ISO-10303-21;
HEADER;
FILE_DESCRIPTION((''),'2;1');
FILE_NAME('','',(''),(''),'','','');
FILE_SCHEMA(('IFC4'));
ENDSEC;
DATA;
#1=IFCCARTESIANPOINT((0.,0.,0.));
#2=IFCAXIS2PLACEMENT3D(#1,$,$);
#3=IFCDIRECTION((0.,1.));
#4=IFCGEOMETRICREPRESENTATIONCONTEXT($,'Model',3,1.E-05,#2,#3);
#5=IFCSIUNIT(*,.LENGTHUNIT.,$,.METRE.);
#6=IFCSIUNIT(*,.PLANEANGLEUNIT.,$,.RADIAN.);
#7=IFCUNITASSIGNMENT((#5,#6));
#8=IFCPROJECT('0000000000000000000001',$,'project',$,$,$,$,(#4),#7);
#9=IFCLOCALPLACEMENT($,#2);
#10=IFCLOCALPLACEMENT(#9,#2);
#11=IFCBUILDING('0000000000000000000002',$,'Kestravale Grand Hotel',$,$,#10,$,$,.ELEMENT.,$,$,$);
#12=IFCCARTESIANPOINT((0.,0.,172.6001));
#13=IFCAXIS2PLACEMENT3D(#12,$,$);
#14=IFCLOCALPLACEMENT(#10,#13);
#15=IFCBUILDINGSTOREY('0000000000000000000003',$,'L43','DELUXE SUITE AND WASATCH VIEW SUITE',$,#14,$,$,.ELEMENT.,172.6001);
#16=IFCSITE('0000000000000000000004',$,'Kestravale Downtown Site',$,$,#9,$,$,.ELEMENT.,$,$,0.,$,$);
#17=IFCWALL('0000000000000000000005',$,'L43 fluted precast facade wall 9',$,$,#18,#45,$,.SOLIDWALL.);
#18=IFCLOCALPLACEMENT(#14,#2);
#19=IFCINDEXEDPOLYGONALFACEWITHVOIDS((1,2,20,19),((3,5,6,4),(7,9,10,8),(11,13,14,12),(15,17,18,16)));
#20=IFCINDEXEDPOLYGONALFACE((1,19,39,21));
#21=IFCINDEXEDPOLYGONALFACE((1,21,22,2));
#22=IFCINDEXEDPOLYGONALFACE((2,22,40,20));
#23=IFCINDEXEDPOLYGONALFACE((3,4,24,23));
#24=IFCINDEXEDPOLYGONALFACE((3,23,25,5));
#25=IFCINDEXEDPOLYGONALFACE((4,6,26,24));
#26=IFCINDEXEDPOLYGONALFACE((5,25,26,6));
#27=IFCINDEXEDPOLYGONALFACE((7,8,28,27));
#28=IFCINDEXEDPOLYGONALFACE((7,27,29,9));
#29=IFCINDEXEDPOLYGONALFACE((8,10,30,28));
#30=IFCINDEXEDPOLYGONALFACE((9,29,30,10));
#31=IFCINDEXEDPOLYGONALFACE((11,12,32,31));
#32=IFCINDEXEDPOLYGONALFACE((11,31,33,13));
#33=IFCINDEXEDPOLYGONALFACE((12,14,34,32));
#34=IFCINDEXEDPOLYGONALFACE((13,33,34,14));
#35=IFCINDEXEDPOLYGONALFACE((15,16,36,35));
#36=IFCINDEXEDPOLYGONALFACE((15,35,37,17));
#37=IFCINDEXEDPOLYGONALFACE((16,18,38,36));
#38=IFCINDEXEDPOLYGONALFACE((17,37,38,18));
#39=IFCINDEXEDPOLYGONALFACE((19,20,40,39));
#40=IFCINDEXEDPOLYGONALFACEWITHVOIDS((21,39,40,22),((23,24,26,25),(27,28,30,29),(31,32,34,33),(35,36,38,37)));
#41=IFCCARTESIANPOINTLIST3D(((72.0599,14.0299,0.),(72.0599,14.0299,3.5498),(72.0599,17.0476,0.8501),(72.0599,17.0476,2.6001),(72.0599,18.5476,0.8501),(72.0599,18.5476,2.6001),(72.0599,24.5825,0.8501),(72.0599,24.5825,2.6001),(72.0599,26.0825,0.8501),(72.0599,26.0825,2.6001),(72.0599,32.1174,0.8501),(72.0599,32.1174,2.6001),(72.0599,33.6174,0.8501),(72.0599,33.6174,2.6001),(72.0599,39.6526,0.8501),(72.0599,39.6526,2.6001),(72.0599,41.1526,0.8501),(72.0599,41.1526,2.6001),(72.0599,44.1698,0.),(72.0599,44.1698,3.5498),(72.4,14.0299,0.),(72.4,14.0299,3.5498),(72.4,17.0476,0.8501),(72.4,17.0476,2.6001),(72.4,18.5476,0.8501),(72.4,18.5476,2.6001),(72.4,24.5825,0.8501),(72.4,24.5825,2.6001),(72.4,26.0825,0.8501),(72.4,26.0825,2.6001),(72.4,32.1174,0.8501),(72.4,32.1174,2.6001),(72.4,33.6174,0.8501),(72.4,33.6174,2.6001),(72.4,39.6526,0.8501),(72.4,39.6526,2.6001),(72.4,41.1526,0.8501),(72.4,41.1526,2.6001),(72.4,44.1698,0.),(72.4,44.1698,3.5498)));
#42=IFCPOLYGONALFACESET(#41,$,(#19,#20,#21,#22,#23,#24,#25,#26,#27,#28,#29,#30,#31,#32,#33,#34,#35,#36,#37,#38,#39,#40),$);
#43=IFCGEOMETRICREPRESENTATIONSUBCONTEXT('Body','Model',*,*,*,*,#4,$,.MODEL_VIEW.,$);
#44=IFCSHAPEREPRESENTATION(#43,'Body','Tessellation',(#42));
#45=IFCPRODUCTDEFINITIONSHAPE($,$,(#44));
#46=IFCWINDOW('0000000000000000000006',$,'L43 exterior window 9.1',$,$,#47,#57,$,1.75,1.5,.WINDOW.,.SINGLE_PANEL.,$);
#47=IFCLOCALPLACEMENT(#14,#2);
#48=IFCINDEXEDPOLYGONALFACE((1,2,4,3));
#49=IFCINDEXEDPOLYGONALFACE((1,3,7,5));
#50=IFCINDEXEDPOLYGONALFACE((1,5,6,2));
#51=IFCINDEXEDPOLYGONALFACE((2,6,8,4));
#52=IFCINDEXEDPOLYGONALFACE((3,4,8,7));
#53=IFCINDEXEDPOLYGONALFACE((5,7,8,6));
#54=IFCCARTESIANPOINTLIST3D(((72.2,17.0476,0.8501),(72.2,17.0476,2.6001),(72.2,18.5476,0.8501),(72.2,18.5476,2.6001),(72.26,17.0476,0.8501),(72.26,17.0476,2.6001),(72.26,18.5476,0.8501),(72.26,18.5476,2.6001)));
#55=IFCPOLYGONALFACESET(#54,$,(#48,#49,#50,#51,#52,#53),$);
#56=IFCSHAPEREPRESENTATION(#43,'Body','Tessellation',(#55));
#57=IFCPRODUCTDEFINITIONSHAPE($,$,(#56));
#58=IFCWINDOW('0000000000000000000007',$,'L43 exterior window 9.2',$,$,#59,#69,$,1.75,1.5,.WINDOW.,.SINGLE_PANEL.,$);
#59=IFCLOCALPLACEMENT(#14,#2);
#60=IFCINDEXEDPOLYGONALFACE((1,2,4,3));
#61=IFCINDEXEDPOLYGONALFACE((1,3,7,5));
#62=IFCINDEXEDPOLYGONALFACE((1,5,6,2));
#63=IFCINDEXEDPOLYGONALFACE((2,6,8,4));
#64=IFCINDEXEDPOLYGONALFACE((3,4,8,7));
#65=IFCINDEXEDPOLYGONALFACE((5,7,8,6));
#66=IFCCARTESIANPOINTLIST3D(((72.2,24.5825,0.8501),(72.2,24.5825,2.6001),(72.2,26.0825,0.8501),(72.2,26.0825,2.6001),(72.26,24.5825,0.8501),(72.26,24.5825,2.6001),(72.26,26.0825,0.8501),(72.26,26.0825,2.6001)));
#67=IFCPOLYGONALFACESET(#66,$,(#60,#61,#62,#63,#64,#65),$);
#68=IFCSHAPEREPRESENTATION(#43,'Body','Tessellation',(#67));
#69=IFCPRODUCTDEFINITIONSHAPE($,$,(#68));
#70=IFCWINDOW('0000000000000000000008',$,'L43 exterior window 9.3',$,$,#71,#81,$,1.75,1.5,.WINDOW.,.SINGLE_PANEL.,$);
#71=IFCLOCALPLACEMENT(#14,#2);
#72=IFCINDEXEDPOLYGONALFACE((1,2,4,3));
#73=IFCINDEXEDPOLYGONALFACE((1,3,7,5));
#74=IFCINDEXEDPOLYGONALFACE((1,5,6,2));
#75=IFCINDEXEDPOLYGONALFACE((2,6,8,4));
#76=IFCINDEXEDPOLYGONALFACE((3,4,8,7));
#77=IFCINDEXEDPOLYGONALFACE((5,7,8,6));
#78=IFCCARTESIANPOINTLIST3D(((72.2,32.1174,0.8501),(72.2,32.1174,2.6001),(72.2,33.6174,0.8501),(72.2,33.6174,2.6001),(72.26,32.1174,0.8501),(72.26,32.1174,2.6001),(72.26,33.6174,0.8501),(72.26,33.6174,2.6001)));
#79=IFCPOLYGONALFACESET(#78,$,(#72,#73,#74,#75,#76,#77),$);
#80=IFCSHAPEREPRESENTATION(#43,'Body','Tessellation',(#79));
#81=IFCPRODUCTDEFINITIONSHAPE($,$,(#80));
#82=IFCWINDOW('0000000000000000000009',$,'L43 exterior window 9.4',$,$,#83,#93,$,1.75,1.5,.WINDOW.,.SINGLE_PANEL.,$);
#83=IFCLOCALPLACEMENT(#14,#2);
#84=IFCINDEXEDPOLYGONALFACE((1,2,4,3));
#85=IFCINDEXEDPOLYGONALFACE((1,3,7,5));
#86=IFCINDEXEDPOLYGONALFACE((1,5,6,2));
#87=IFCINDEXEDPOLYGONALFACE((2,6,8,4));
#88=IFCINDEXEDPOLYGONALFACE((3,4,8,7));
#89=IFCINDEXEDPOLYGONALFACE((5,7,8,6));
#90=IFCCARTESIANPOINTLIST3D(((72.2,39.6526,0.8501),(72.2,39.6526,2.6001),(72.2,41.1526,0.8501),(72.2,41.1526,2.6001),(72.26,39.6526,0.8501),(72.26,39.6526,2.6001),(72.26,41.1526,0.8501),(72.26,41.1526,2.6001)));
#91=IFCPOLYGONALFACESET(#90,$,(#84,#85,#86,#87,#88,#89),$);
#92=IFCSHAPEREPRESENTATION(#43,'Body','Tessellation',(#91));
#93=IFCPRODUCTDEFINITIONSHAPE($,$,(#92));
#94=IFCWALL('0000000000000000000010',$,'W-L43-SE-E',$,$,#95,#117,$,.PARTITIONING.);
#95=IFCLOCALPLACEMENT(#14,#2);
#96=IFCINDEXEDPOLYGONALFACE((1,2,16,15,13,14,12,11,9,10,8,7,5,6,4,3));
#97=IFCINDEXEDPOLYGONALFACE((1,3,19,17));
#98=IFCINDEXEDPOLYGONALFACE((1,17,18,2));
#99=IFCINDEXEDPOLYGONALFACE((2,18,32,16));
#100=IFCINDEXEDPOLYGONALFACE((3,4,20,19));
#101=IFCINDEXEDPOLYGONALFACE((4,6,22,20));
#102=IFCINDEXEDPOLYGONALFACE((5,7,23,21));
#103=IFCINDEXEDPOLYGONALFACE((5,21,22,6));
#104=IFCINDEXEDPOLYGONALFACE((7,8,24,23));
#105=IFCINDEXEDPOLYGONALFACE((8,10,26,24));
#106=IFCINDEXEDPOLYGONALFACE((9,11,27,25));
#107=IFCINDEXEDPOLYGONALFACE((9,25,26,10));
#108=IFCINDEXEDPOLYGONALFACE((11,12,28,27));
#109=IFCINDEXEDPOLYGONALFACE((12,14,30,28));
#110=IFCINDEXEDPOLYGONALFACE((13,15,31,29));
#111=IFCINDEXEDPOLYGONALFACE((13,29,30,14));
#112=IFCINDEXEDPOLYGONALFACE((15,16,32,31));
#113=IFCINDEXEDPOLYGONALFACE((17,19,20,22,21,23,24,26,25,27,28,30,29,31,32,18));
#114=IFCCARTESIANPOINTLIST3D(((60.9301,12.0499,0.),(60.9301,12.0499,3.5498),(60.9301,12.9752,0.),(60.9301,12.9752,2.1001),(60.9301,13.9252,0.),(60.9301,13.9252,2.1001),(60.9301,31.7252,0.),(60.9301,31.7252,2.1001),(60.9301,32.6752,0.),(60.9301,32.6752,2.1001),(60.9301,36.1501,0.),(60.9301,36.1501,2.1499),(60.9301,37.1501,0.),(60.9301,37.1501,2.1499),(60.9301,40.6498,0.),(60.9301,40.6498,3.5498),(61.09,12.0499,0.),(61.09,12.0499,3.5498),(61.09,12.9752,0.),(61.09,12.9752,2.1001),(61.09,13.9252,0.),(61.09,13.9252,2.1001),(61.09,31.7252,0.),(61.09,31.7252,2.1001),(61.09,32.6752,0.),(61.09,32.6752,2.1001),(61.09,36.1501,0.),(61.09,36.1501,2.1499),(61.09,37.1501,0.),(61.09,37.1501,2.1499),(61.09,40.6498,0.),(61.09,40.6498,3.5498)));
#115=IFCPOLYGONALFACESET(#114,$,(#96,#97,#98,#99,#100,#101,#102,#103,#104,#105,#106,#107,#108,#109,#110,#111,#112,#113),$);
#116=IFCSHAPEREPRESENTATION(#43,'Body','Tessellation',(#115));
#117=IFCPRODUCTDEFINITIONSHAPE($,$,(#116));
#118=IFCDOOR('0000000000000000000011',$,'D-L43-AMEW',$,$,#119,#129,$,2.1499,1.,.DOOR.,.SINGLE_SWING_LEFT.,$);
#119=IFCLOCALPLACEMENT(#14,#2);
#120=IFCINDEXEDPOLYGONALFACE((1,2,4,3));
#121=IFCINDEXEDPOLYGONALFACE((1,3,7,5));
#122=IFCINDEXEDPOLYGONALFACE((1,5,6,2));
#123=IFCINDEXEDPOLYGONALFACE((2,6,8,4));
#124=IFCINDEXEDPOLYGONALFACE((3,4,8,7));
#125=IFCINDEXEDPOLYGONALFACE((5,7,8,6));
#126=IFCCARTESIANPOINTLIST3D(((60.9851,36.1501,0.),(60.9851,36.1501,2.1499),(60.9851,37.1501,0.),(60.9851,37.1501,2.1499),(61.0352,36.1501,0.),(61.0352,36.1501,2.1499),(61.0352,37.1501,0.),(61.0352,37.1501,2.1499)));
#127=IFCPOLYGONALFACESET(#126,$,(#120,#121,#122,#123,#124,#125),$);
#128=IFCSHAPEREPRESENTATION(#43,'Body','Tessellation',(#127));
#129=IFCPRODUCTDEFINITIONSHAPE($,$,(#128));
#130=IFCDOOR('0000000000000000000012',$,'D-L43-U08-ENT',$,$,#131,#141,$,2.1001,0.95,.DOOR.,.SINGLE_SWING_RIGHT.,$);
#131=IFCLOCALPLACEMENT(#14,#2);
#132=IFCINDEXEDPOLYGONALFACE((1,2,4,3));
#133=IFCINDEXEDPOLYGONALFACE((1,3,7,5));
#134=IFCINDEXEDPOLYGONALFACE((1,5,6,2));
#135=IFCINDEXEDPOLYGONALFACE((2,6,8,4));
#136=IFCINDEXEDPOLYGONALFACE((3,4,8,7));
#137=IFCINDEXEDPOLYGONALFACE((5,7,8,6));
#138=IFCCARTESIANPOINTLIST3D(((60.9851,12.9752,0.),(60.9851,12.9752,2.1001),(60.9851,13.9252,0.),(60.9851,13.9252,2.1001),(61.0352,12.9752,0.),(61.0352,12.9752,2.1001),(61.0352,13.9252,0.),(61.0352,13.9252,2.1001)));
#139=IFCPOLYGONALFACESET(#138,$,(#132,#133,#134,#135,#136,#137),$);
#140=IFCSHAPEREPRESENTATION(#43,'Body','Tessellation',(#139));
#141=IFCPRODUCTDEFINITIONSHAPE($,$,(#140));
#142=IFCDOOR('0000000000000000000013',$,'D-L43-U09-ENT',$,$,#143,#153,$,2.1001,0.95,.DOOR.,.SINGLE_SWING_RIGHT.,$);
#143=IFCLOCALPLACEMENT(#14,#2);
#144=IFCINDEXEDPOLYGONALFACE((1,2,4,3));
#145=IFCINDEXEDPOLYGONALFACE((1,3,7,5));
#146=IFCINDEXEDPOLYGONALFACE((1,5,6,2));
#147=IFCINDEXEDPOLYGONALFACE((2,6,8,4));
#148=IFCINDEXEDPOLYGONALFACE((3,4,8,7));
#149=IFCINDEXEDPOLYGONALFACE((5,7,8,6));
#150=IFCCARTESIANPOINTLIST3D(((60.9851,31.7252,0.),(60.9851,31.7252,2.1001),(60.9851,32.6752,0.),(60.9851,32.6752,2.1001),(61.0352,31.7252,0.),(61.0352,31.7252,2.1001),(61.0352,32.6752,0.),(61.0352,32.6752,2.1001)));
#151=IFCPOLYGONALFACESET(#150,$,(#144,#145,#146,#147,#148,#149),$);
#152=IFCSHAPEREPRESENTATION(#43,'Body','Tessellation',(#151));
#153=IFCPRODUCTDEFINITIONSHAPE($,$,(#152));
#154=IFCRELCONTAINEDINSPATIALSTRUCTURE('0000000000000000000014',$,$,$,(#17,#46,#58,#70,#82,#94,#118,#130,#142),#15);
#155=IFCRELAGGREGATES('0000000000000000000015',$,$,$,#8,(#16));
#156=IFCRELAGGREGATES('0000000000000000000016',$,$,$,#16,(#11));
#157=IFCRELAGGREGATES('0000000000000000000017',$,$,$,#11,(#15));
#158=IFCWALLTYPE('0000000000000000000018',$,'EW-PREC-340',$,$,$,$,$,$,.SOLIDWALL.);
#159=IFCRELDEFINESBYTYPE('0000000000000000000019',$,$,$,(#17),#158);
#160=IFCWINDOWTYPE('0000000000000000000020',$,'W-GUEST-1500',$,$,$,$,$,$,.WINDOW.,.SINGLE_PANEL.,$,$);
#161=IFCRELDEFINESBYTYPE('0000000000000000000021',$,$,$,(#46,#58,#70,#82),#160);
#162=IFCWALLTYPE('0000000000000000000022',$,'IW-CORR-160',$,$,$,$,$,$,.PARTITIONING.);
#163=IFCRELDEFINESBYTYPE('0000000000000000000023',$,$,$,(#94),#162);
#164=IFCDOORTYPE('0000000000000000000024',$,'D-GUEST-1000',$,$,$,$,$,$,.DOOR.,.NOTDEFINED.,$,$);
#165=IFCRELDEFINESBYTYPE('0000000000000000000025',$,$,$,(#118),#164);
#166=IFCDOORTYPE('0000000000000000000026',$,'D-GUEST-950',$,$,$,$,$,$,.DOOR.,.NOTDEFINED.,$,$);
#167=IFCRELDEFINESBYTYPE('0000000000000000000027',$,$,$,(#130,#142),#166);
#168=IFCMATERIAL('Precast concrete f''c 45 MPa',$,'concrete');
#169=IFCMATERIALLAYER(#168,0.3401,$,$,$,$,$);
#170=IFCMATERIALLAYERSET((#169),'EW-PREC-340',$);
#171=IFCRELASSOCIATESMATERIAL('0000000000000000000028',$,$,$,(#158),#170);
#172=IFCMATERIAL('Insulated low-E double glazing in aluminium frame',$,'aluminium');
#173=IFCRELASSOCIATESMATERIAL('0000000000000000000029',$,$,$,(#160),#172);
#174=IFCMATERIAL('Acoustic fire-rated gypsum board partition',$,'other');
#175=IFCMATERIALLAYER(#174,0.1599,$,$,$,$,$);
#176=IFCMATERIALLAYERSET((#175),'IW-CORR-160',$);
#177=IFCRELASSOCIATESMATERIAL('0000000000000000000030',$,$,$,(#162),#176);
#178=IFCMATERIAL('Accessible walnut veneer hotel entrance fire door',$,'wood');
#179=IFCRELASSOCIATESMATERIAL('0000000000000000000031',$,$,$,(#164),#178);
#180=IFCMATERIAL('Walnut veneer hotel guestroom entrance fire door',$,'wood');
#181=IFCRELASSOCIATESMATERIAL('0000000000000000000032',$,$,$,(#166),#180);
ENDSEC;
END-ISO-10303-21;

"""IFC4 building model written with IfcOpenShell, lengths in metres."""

from ifc_helpers import new_model, si_unit, direction, frame, frame_2d, origin, place, context, subcontext, project, spatial, rectangle, extrude, material, layer, layer_set, type_object, element, fill, save


model = new_model("IFC4")

# Units and contexts
model_context = context("Model", 3, precision=1e-05, world=origin(), true_north=direction((0.0, 1.0)))
body_context = subcontext(model_context, "Body", "Model", "MODEL_VIEW")
ifc_project = project(units=[si_unit("LENGTHUNIT", "METRE"), si_unit("PLANEANGLEUNIT", "RADIAN")], contexts=[model_context])

# Site, building, storey
site_placement = place(None, origin())
site = spatial("IfcSite", under=ifc_project, at=site_placement, Name="Kestravale Downtown Site", CompositionType="ELEMENT", RefElevation=0.0)
building_placement = place(site_placement, origin())
building = spatial("IfcBuilding", under=site, at=building_placement, Name="Kestravale Grand Hotel", CompositionType="ELEMENT")
storey_placement = place(building_placement, frame((0.0, 0.0, 172.6001)))
storey = spatial("IfcBuildingStorey", under=building, at=storey_placement, Name="L43", Description="DELUXE SUITE AND WASATCH VIEW SUITE", CompositionType="ELEMENT", Elevation=172.6001)

# Shared definitions
ifc_material_1 = material(Name="Precast concrete f'c 45 MPa", Category="concrete")
ifc_layer_1 = layer(ifc_material_1, 0.3401)
ifc_layer_set_1 = layer_set([ifc_layer_1], Name="EW-PREC-340")
wall_type_1 = type_object("IfcWallType", Name="EW-PREC-340", PredefinedType="SOLIDWALL", material=ifc_layer_set_1)
ifc_material_2 = material(Name="Insulated low-E double glazing in aluminium frame", Category="aluminium")
window_type = type_object("IfcWindowType", Name="W-GUEST-1500", PartitioningType="SINGLE_PANEL", PredefinedType="WINDOW", material=ifc_material_2)

# Wall, openings, windows
wall_1_placement = place(storey_placement, frame((72.23, 14.03, 0.0), z_axis=(0.0, 0.0, 1.0), x_axis=(0.0, 1.0, 0.0)))
wall_1 = element("IfcWall", 1, at=wall_1_placement, inside=storey, type_object=wall_type_1, Name="L43 fluted precast facade wall 9", PredefinedType="SOLIDWALL", context=body_context, shape_type="SweptSolid", body=[
    extrude(rectangle(XDim=30.1399, YDim=0.3401, at=frame_2d((15.0698, 0.0))), origin(), (0.0, 0.0, 1.0), 3.5498),
])
opening_1_placement = place(wall_1_placement, frame((3.0176, 0.0, 0.8501)))
opening_1 = element("IfcOpeningElement", 2, at=opening_1_placement, cuts=wall_1, PredefinedType="OPENING", context=body_context, shape_type="SweptSolid", body=[
    extrude(rectangle(XDim=1.5, YDim=1.75, at=frame_2d((0.75, 0.875))), frame((0.0, 0.1799, 0.0), z_axis=(0.0, -1.0, 0.0), x_axis=(1.0, 0.0, 0.0)), (0.0, 0.0, 1.0), 0.3601),
])
opening_2_placement = place(wall_1_placement, frame((10.5525, 0.0, 0.8501)))
opening_2 = element("IfcOpeningElement", 3, at=opening_2_placement, cuts=wall_1, PredefinedType="OPENING", context=body_context, shape_type="SweptSolid", body=[
    extrude(rectangle(XDim=1.5, YDim=1.75, at=frame_2d((0.75, 0.875))), frame((0.0, 0.1799, 0.0), z_axis=(0.0, -1.0, 0.0), x_axis=(1.0, 0.0, 0.0)), (0.0, 0.0, 1.0), 0.3601),
])
opening_3_placement = place(wall_1_placement, frame((18.0874, 0.0, 0.8501)))
opening_3 = element("IfcOpeningElement", 4, at=opening_3_placement, cuts=wall_1, PredefinedType="OPENING", context=body_context, shape_type="SweptSolid", body=[
    extrude(rectangle(XDim=1.5, YDim=1.75, at=frame_2d((0.75, 0.875))), frame((0.0, 0.1799, 0.0), z_axis=(0.0, -1.0, 0.0), x_axis=(1.0, 0.0, 0.0)), (0.0, 0.0, 1.0), 0.3601),
])
opening_4_placement = place(wall_1_placement, frame((25.6226, 0.0, 0.8501)))
opening_4 = element("IfcOpeningElement", 5, at=opening_4_placement, cuts=wall_1, PredefinedType="OPENING", context=body_context, shape_type="SweptSolid", body=[
    extrude(rectangle(XDim=1.5, YDim=1.75, at=frame_2d((0.75, 0.875))), frame((0.0, 0.1799, 0.0), z_axis=(0.0, -1.0, 0.0), x_axis=(1.0, 0.0, 0.0)), (0.0, 0.0, 1.0), 0.3601),
])
window_1_placement = place(opening_1_placement, origin())
window_1 = element("IfcWindow", 6, at=window_1_placement, inside=storey, type_object=window_type, Name="L43 exterior window 9.1", OverallHeight=1.75, OverallWidth=1.5, PartitioningType="SINGLE_PANEL", PredefinedType="WINDOW", context=body_context, shape_type="SweptSolid", body=[
    extrude(rectangle(XDim=1.5, YDim=1.75, at=frame_2d((0.75, 0.875))), frame((0.0, 0.03, 0.0), z_axis=(0.0, -1.0, 0.0), x_axis=(1.0, 0.0, 0.0)), (0.0, 0.0, 1.0), 0.0601),
])
fill(opening_1, window_1)
window_2_placement = place(opening_2_placement, origin())
window_2 = element("IfcWindow", 7, at=window_2_placement, inside=storey, type_object=window_type, Name="L43 exterior window 9.2", OverallHeight=1.75, OverallWidth=1.5, PartitioningType="SINGLE_PANEL", PredefinedType="WINDOW", context=body_context, shape_type="SweptSolid", body=[
    extrude(rectangle(XDim=1.5, YDim=1.75, at=frame_2d((0.75, 0.875))), frame((0.0, 0.03, 0.0), z_axis=(0.0, -1.0, 0.0), x_axis=(1.0, 0.0, 0.0)), (0.0, 0.0, 1.0), 0.0601),
])
fill(opening_2, window_2)
window_3_placement = place(opening_3_placement, origin())
window_3 = element("IfcWindow", 8, at=window_3_placement, inside=storey, type_object=window_type, Name="L43 exterior window 9.3", OverallHeight=1.75, OverallWidth=1.5, PartitioningType="SINGLE_PANEL", PredefinedType="WINDOW", context=body_context, shape_type="SweptSolid", body=[
    extrude(rectangle(XDim=1.5, YDim=1.75, at=frame_2d((0.75, 0.875))), frame((0.0, 0.03, 0.0), z_axis=(0.0, -1.0, 0.0), x_axis=(1.0, 0.0, 0.0)), (0.0, 0.0, 1.0), 0.0601),
])
fill(opening_3, window_3)
window_4_placement = place(opening_4_placement, origin())
window_4 = element("IfcWindow", 9, at=window_4_placement, inside=storey, type_object=window_type, Name="L43 exterior window 9.4", OverallHeight=1.75, OverallWidth=1.5, PartitioningType="SINGLE_PANEL", PredefinedType="WINDOW", context=body_context, shape_type="SweptSolid", body=[
    extrude(rectangle(XDim=1.5, YDim=1.75, at=frame_2d((0.75, 0.875))), frame((0.0, 0.03, 0.0), z_axis=(0.0, -1.0, 0.0), x_axis=(1.0, 0.0, 0.0)), (0.0, 0.0, 1.0), 0.0601),
])
fill(opening_4, window_4)

# Wall, openings, doors
ifc_material_3 = material(Name="Acoustic fire-rated gypsum board partition", Category="other")
ifc_layer_2 = layer(ifc_material_3, 0.1599)
ifc_layer_set_2 = layer_set([ifc_layer_2], Name="IW-CORR-160")
wall_type_2 = type_object("IfcWallType", Name="IW-CORR-160", PredefinedType="PARTITIONING", material=ifc_layer_set_2)
wall_2_placement = place(storey_placement, frame((61.01, 12.05, 0.0), z_axis=(0.0, 0.0, 1.0), x_axis=(0.0, 1.0, 0.0)))
wall_2 = element("IfcWall", 10, at=wall_2_placement, inside=storey, type_object=wall_type_2, Name="W-L43-SE-E", PredefinedType="PARTITIONING", context=body_context, shape_type="SweptSolid", body=[
    extrude(rectangle(XDim=28.5999, YDim=0.1599, at=frame_2d((14.2998, 0.0))), origin(), (0.0, 0.0, 1.0), 3.5498),
])
opening_5_placement = place(wall_2_placement, frame((0.925, 0.0, 0.0)))
opening_5 = element("IfcOpeningElement", 11, at=opening_5_placement, cuts=wall_2, PredefinedType="OPENING", context=body_context, shape_type="SweptSolid", body=[
    extrude(rectangle(XDim=0.95, YDim=2.1001, at=frame_2d((0.4751, 1.05))), frame((0.0, 0.0898, 0.0), z_axis=(0.0, -1.0, 0.0), x_axis=(1.0, 0.0, 0.0)), (0.0, 0.0, 1.0), 0.1799),
])
opening_6_placement = place(wall_2_placement, frame((19.675, 0.0, 0.0)))
opening_6 = element("IfcOpeningElement", 12, at=opening_6_placement, cuts=wall_2, PredefinedType="OPENING", context=body_context, shape_type="SweptSolid", body=[
    extrude(rectangle(XDim=0.95, YDim=2.1001, at=frame_2d((0.4751, 1.05))), frame((0.0, 0.0898, 0.0), z_axis=(0.0, -1.0, 0.0), x_axis=(1.0, 0.0, 0.0)), (0.0, 0.0, 1.0), 0.1799),
])
opening_7_placement = place(wall_2_placement, frame((24.1001, 0.0, 0.0)))
opening_7 = element("IfcOpeningElement", 13, at=opening_7_placement, cuts=wall_2, PredefinedType="OPENING", context=body_context, shape_type="SweptSolid", body=[
    extrude(rectangle(XDim=1.0, YDim=2.1499, at=frame_2d((0.5, 1.075))), frame((0.0, 0.0898, 0.0), z_axis=(0.0, -1.0, 0.0), x_axis=(1.0, 0.0, 0.0)), (0.0, 0.0, 1.0), 0.1799),
])
ifc_material_4 = material(Name="Accessible walnut veneer hotel entrance fire door", Category="wood")
door_type_1 = type_object("IfcDoorType", Name="D-GUEST-1000", OperationType="NOTDEFINED", PredefinedType="DOOR", material=ifc_material_4)
door_1_placement = place(opening_7_placement, origin())
door_1 = element("IfcDoor", 14, at=door_1_placement, inside=storey, type_object=door_type_1, Name="D-L43-AMEW", OperationType="SINGLE_SWING_LEFT", OverallHeight=2.1499, OverallWidth=1.0, PredefinedType="DOOR", context=body_context, shape_type="SweptSolid", body=[
    extrude(rectangle(XDim=1.0, YDim=2.1499, at=frame_2d((0.5, 1.075))), frame((0.0, 0.0249, 0.0), z_axis=(0.0, -1.0, 0.0), x_axis=(1.0, 0.0, 0.0)), (0.0, 0.0, 1.0), 0.05),
])
fill(opening_7, door_1)
ifc_material_5 = material(Name="Walnut veneer hotel guestroom entrance fire door", Category="wood")
door_type_2 = type_object("IfcDoorType", Name="D-GUEST-950", OperationType="NOTDEFINED", PredefinedType="DOOR", material=ifc_material_5)
door_2_placement = place(opening_5_placement, origin())
door_2 = element("IfcDoor", 15, at=door_2_placement, inside=storey, type_object=door_type_2, Name="D-L43-U08-ENT", OperationType="SINGLE_SWING_RIGHT", OverallHeight=2.1001, OverallWidth=0.95, PredefinedType="DOOR", context=body_context, shape_type="SweptSolid", body=[
    extrude(rectangle(XDim=0.95, YDim=2.1001, at=frame_2d((0.4751, 1.05))), frame((0.0, 0.0249, 0.0), z_axis=(0.0, -1.0, 0.0), x_axis=(1.0, 0.0, 0.0)), (0.0, 0.0, 1.0), 0.05),
])
fill(opening_5, door_2)
door_3_placement = place(opening_6_placement, origin())
door_3 = element("IfcDoor", 16, at=door_3_placement, inside=storey, type_object=door_type_2, Name="D-L43-U09-ENT", OperationType="SINGLE_SWING_RIGHT", OverallHeight=2.1001, OverallWidth=0.95, PredefinedType="DOOR", context=body_context, shape_type="SweptSolid", body=[
    extrude(rectangle(XDim=0.95, YDim=2.1001, at=frame_2d((0.4751, 1.05))), frame((0.0, 0.0249, 0.0), z_axis=(0.0, -1.0, 0.0), x_axis=(1.0, 0.0, 0.0)), (0.0, 0.0, 1.0), 0.05),
])
fill(opening_6, door_3)

save(model, "model.ifc")
